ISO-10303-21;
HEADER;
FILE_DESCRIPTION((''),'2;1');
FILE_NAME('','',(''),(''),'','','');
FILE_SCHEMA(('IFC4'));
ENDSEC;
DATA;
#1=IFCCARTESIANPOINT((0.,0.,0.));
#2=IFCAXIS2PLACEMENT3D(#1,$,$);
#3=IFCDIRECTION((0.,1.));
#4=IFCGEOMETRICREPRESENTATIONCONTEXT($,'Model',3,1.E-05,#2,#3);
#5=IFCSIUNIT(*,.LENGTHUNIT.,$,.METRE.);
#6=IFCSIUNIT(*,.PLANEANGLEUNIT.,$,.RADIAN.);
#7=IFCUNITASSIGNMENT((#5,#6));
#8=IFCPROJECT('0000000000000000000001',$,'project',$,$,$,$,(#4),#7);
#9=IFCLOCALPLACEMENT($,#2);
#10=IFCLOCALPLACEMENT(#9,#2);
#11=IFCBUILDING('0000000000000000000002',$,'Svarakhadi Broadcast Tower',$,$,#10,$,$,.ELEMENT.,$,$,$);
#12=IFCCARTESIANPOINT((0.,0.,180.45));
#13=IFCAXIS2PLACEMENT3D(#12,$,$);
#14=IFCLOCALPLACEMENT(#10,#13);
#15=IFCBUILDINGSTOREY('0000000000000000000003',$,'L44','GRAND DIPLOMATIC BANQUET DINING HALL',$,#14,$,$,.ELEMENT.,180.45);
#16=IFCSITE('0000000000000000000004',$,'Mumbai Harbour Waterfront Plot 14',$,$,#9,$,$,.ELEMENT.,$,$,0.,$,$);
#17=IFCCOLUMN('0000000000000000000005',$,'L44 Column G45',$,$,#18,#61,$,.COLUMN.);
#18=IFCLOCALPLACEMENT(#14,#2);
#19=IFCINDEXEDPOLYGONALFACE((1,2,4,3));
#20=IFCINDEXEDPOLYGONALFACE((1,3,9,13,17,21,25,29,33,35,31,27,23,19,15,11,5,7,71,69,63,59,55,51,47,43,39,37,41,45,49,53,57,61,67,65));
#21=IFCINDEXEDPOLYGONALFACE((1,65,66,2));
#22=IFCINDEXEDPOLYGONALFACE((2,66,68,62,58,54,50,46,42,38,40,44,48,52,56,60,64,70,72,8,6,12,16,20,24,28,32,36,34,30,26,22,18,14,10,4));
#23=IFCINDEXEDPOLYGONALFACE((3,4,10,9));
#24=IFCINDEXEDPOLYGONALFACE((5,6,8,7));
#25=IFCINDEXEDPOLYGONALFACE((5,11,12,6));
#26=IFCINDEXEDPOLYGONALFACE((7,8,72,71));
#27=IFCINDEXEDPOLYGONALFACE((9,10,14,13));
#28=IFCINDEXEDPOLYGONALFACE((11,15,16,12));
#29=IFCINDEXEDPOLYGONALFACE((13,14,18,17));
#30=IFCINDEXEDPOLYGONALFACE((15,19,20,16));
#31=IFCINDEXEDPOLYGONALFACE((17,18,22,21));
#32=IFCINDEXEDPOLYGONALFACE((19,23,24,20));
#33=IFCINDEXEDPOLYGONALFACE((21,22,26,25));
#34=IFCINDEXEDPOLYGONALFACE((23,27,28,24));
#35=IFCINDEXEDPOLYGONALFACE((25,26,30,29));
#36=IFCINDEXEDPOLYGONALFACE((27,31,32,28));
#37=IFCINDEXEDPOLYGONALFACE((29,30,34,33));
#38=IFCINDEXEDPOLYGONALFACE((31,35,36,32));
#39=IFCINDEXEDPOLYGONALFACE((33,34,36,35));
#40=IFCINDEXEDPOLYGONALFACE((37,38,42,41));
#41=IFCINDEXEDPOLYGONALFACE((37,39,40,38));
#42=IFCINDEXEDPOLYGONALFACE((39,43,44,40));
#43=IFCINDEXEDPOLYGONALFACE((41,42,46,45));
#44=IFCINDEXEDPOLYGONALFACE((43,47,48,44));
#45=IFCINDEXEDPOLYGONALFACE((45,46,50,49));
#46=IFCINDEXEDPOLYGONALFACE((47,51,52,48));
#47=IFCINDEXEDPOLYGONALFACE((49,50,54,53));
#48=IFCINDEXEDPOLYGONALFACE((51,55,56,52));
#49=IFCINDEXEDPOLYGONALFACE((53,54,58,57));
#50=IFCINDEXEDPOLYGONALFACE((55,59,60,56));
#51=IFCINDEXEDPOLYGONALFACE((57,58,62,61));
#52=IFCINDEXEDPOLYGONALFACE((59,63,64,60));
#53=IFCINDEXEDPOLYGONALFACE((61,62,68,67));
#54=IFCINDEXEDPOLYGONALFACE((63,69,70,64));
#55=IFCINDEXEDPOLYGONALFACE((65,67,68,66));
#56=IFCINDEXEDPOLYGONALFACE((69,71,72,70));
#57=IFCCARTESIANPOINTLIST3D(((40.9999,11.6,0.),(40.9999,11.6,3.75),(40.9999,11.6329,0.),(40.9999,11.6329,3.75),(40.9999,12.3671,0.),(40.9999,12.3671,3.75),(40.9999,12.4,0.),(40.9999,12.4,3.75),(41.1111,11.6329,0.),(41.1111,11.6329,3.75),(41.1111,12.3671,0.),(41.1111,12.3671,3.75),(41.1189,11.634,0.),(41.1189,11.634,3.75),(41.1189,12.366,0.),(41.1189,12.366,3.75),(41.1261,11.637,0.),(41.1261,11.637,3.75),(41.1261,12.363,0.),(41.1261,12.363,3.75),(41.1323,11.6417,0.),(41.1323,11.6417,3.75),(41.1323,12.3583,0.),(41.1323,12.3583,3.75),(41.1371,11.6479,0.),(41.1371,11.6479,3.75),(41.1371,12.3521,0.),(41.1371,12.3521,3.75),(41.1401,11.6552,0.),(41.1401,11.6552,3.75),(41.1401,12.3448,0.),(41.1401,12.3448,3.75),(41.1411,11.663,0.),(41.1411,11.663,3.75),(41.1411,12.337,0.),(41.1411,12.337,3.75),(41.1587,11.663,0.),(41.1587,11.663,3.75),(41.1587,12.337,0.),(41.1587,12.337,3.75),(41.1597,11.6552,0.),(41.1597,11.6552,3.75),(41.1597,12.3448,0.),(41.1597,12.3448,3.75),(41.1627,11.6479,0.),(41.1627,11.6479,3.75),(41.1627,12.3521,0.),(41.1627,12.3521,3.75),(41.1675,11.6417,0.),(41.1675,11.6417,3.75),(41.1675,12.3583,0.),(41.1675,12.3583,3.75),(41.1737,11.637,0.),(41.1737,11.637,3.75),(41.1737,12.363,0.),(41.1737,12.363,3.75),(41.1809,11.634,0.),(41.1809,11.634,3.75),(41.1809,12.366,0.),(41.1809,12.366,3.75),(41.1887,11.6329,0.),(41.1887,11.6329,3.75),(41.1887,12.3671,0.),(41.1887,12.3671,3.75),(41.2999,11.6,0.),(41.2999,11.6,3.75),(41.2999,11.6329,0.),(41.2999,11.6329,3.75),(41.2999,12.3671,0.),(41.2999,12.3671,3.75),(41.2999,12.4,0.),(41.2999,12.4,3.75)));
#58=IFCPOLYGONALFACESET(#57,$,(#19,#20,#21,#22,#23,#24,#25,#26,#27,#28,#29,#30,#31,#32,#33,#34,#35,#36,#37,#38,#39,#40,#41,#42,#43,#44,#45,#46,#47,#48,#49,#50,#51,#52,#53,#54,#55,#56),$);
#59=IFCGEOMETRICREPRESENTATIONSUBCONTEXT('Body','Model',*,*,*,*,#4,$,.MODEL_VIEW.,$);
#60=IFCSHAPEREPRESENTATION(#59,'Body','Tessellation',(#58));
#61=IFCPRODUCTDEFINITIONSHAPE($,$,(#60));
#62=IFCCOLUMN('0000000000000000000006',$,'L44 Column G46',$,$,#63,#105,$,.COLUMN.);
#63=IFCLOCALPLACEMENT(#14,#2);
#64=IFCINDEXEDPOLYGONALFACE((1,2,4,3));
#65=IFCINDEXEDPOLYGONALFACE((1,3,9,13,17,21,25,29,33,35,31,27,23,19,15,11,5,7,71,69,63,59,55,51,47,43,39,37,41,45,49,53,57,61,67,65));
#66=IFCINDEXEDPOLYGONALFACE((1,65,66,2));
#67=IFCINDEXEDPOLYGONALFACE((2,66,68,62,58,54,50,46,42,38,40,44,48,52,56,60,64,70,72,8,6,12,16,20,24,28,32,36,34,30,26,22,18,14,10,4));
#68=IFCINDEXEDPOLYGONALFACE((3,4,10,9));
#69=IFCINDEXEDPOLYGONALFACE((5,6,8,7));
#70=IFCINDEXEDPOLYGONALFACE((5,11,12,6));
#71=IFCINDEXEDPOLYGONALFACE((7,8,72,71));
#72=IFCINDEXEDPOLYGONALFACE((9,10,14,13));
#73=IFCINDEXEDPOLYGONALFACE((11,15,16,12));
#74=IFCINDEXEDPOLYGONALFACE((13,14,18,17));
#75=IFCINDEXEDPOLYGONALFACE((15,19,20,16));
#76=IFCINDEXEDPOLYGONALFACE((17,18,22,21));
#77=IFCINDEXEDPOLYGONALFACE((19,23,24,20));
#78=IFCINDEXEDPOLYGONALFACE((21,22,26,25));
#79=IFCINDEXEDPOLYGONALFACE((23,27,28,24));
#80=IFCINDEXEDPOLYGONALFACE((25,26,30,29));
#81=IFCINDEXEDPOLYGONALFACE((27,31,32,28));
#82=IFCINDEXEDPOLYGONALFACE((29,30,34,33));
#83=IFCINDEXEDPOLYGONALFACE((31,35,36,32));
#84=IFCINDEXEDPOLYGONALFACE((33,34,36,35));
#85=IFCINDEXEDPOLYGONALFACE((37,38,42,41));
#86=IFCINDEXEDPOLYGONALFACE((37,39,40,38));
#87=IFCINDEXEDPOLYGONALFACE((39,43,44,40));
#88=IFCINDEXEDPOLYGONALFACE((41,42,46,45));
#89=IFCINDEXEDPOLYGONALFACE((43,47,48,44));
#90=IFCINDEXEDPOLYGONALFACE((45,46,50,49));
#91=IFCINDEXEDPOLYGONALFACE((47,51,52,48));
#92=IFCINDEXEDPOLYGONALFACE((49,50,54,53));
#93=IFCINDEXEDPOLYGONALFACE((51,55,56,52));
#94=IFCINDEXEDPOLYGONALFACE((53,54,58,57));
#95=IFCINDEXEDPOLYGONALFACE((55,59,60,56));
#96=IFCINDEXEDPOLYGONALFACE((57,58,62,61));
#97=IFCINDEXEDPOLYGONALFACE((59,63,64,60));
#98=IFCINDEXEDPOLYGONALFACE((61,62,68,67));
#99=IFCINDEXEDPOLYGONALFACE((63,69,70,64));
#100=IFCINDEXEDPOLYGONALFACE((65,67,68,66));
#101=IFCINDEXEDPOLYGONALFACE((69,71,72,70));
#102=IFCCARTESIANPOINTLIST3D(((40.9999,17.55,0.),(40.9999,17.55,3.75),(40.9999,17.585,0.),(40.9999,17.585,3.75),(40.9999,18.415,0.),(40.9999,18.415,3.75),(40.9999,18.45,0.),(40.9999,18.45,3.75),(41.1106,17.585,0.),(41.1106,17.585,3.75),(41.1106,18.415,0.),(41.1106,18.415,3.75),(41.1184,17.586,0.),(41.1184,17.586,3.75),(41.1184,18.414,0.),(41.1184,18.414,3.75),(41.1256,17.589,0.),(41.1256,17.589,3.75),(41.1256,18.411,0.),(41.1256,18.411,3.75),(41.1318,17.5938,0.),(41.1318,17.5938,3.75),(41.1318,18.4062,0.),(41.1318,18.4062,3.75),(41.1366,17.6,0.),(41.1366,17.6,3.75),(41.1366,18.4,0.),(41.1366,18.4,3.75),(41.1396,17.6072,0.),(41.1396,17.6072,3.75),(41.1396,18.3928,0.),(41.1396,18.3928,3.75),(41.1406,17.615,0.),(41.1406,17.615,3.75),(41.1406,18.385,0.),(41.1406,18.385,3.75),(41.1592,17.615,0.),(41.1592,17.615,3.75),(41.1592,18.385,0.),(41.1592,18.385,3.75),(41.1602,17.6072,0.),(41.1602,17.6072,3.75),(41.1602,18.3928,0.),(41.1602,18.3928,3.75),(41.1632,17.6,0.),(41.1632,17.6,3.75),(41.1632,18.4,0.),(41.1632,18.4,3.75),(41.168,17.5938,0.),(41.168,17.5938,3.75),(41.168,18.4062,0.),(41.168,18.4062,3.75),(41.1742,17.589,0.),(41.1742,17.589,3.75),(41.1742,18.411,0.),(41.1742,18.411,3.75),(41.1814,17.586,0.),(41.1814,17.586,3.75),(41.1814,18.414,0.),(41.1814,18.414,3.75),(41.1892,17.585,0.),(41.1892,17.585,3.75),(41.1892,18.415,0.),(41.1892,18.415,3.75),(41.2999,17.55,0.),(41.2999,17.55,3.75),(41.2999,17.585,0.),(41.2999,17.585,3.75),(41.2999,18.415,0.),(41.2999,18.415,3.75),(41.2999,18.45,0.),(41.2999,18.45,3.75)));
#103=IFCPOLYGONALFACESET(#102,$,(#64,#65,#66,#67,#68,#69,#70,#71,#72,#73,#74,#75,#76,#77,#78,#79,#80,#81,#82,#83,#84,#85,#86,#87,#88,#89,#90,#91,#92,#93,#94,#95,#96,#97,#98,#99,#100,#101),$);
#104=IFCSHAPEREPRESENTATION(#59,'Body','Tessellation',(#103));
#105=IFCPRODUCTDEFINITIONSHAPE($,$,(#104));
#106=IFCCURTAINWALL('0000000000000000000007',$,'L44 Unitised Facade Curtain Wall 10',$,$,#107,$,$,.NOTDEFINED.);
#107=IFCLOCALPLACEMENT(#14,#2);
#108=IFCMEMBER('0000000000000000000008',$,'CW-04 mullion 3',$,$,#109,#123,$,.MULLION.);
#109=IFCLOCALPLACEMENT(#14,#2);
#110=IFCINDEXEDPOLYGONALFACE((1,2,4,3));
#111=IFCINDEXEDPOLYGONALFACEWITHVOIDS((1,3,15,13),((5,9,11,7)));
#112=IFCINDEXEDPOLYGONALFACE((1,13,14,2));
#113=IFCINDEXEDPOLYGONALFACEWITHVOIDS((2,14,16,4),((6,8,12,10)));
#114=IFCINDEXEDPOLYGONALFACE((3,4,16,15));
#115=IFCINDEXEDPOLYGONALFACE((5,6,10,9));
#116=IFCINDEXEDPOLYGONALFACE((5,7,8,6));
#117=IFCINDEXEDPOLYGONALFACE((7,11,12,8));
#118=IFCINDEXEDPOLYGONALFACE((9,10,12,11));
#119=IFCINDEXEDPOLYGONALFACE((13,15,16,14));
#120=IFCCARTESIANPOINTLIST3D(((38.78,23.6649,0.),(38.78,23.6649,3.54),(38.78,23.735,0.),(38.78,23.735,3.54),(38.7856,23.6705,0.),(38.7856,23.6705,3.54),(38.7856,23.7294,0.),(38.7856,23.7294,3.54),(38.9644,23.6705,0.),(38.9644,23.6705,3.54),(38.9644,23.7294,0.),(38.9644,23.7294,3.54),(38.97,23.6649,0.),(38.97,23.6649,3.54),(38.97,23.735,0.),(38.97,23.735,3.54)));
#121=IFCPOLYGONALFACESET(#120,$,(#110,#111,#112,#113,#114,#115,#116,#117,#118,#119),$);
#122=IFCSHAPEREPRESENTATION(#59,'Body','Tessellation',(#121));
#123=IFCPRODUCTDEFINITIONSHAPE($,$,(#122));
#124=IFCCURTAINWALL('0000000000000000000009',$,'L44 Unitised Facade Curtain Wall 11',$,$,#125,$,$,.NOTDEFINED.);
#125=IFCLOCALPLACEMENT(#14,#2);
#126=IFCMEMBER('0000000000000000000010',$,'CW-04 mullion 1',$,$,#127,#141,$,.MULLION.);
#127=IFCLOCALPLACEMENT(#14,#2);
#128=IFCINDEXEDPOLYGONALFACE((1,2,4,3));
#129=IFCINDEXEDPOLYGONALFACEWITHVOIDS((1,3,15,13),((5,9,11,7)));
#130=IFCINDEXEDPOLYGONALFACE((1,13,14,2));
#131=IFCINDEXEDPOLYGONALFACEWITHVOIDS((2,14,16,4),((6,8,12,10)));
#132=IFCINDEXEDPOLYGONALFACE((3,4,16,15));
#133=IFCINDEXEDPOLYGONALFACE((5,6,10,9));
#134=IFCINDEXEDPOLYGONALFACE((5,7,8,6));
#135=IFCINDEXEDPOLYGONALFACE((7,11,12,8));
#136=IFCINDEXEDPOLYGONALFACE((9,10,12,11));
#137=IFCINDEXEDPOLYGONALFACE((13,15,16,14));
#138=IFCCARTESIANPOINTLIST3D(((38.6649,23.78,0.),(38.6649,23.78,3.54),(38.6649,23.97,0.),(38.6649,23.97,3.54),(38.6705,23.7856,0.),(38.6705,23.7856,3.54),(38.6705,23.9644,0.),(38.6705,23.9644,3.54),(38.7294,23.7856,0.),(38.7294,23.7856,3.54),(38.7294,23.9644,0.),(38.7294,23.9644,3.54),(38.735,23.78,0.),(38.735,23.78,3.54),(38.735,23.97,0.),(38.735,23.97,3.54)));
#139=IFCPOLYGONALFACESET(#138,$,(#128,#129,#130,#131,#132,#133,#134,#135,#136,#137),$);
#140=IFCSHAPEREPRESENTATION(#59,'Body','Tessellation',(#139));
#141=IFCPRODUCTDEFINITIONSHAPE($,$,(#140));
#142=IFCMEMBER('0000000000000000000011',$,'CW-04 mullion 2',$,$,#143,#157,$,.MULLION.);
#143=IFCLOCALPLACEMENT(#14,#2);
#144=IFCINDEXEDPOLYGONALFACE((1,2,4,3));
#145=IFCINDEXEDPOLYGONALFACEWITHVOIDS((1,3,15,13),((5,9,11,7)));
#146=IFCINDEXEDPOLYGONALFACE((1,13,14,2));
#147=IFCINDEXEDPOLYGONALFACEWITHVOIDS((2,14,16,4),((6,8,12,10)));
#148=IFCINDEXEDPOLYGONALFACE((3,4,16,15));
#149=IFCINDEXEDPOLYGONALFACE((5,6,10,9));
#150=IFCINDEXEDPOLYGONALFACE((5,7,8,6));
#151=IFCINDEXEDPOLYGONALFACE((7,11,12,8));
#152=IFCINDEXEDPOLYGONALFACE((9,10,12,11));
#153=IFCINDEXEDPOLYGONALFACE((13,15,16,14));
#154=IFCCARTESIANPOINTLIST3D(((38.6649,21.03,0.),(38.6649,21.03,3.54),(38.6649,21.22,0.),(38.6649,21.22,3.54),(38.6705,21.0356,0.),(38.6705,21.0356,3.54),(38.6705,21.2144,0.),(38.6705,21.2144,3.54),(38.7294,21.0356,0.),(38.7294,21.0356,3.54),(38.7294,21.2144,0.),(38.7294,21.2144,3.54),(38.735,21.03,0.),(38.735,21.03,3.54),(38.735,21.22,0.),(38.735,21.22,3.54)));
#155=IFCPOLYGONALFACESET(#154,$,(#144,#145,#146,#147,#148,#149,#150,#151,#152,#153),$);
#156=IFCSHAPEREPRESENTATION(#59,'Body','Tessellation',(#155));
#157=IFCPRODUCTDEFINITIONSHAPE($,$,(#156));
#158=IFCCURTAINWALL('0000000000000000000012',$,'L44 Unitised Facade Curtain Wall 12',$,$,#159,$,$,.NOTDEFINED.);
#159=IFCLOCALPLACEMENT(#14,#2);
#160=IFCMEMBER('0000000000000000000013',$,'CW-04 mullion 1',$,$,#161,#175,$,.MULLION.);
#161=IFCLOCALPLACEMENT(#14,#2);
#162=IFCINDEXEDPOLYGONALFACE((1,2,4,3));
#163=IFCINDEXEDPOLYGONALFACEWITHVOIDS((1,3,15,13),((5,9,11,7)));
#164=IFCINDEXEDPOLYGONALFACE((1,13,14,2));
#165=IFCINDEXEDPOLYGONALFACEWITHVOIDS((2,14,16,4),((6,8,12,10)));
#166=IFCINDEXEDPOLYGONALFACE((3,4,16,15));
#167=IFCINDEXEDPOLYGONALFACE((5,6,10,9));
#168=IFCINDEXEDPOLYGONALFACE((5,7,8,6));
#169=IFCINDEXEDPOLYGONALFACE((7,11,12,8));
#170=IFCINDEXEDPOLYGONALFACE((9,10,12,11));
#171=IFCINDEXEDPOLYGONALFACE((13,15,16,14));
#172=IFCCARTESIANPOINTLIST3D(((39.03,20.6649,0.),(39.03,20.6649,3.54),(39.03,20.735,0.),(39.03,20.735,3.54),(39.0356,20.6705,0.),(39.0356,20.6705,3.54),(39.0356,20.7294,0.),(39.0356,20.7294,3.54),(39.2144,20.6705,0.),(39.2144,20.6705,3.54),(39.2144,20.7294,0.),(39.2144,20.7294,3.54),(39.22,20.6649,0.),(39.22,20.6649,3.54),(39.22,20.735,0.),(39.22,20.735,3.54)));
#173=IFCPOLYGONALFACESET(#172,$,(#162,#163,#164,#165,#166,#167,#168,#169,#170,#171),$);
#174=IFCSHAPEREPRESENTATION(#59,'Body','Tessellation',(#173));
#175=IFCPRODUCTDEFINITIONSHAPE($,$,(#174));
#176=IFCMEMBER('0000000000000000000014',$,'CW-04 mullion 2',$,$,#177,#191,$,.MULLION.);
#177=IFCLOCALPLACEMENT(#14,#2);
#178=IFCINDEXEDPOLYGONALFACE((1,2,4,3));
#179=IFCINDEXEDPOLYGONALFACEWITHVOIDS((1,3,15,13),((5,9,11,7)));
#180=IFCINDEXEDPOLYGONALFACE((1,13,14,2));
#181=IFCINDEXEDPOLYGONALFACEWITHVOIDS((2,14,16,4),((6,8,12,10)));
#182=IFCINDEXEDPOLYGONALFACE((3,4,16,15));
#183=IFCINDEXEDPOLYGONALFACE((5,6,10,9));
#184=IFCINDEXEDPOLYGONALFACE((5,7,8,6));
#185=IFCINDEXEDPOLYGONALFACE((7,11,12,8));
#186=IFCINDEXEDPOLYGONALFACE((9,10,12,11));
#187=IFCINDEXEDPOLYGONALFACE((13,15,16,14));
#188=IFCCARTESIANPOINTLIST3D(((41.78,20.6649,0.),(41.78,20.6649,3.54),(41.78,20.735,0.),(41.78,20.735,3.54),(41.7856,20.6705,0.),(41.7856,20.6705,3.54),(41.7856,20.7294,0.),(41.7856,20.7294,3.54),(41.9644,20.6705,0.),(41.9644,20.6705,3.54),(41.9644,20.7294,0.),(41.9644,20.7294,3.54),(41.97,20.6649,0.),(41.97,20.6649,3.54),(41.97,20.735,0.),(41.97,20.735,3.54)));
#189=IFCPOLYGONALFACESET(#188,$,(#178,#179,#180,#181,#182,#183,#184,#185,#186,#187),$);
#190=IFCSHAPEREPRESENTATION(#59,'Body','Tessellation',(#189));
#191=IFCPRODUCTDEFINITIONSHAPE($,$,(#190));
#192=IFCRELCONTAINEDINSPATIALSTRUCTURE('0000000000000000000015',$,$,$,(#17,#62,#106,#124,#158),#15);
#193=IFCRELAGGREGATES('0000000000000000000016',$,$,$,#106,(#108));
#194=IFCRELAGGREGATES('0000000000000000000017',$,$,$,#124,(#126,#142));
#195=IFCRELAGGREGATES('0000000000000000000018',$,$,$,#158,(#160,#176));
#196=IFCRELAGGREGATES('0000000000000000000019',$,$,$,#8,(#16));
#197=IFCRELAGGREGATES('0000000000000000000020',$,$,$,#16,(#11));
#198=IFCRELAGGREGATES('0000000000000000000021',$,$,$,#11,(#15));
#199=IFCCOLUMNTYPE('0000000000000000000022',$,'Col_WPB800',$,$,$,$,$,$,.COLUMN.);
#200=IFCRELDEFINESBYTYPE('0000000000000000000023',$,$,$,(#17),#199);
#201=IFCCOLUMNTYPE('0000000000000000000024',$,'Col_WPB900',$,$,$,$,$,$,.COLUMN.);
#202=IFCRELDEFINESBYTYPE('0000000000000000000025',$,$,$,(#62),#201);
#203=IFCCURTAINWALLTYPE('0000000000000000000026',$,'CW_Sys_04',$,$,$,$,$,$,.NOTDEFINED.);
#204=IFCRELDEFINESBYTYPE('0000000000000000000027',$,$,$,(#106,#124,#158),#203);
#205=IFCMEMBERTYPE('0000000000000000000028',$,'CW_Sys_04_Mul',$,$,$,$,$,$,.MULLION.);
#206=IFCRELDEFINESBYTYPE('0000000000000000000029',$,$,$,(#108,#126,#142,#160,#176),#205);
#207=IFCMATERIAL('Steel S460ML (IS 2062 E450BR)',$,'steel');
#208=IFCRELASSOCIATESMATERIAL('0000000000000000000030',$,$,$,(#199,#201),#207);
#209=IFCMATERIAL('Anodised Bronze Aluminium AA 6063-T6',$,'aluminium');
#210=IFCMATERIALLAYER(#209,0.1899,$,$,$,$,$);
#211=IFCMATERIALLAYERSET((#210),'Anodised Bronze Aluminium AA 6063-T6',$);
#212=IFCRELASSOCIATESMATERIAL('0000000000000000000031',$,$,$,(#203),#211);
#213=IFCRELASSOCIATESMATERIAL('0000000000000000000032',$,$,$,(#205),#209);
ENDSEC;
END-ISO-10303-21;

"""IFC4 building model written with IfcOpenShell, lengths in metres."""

from ifc_helpers import new_model, si_unit, direction, frame, origin, origin_2d, place, context, subcontext, project, spatial, hollow_rectangle, i_section, extrude, material, layer, layer_set, material_profile, profile_set, type_object, element, aggregate, save


model = new_model("IFC4")

# Units and contexts
model_context = context("Model", 3, precision=1e-05, world=origin(), true_north=direction((0.0, 1.0)))
body_context = subcontext(model_context, "Body", "Model", "MODEL_VIEW")
ifc_project = project(units=[si_unit("LENGTHUNIT", "METRE"), si_unit("PLANEANGLEUNIT", "RADIAN")], contexts=[model_context])

# Site, building, storey
site_placement = place(None, origin())
site = spatial("IfcSite", under=ifc_project, at=site_placement, Name="Mumbai Harbour Waterfront Plot 14", CompositionType="ELEMENT", RefElevation=0.0)
building_placement = place(site_placement, origin())
building = spatial("IfcBuilding", under=site, at=building_placement, Name="Svarakhadi Broadcast Tower", CompositionType="ELEMENT")
storey_placement = place(building_placement, frame((0.0, 0.0, 180.45)))
storey = spatial("IfcBuildingStorey", under=building, at=storey_placement, Name="L44", Description="GRAND DIPLOMATIC BANQUET DINING HALL", CompositionType="ELEMENT", Elevation=180.45)

# Columns
ifc_material_1 = material(Name="Steel S460ML (IS 2062 E450BR)", Category="steel")
ifc_material_profile_1 = material_profile(ifc_material_1, i_section(OverallWidth=0.3, OverallDepth=0.8, WebThickness=0.0176, FlangeThickness=0.033, FilletRadius=0.03, at=origin_2d()), Name="WPB 800x300x262")
ifc_profile_set_1 = profile_set([ifc_material_profile_1], Name="Steel S460ML (IS 2062 E450BR)")
column_type_1 = type_object("IfcColumnType", Name="Col_WPB800", PredefinedType="COLUMN", material=ifc_profile_set_1)
column_1_placement = place(storey_placement, frame((41.1499, 12.0, 0.0), z_axis=(0.0, 0.0, 1.0), x_axis=(1.0, 0.0, 0.0)))
element("IfcColumn", 1, at=column_1_placement, inside=storey, type_object=column_type_1, Name="L44 Column G45", PredefinedType="COLUMN", context=body_context, shape_type="SweptSolid", body=[
    extrude(i_section(OverallWidth=0.3, OverallDepth=0.8, WebThickness=0.0176, FlangeThickness=0.033, FilletRadius=0.03, at=origin_2d()), origin(), (0.0, 0.0, 1.0), 3.75),
])
ifc_material_profile_2 = material_profile(ifc_material_1, i_section(OverallWidth=0.3, OverallDepth=0.8999, WebThickness=0.0186, FlangeThickness=0.0349, FilletRadius=0.03, at=origin_2d()), Name="WPB 900x300x291")
ifc_profile_set_2 = profile_set([ifc_material_profile_2], Name="Steel S460ML (IS 2062 E450BR)")
column_type_2 = type_object("IfcColumnType", Name="Col_WPB900", PredefinedType="COLUMN", material=ifc_profile_set_2)
column_2_placement = place(storey_placement, frame((41.1499, 18.0, 0.0), z_axis=(0.0, 0.0, 1.0), x_axis=(1.0, 0.0, 0.0)))
element("IfcColumn", 2, at=column_2_placement, inside=storey, type_object=column_type_2, Name="L44 Column G46", PredefinedType="COLUMN", context=body_context, shape_type="SweptSolid", body=[
    extrude(i_section(OverallWidth=0.3, OverallDepth=0.8999, WebThickness=0.0186, FlangeThickness=0.0349, FilletRadius=0.03, at=origin_2d()), origin(), (0.0, 0.0, 1.0), 3.75),
])

# Curtain wall, member
ifc_material_2 = material(Name="Anodised Bronze Aluminium AA 6063-T6", Category="aluminium")
ifc_layer_1 = layer(ifc_material_2, 0.1899)
ifc_layer_set_1 = layer_set([ifc_layer_1], Name="Anodised Bronze Aluminium AA 6063-T6")
curtain_wall_type = type_object("IfcCurtainWallType", Name="CW_Sys_04", PredefinedType="NOTDEFINED", material=ifc_layer_set_1)
curtain_wall_1_placement = place(storey_placement, origin())
curtain_wall_1 = element("IfcCurtainWall", 3, at=curtain_wall_1_placement, inside=storey, type_object=curtain_wall_type, Name="L44 Unitised Facade Curtain Wall 10", PredefinedType="NOTDEFINED")
ifc_material_profile_3 = material_profile(ifc_material_2, hollow_rectangle(XDim=0.0701, YDim=0.1899, WallThickness=0.0056, at=origin_2d()), Name="ALU MULLION 190x70x6")
ifc_profile_set_3 = profile_set([ifc_material_profile_3], Name="Anodised Bronze Aluminium AA 6063-T6")
member_type_1 = type_object("IfcMemberType", Name="CW_Sys_04_Mul", PredefinedType="MULLION", material=ifc_profile_set_3)
member_1_placement = place(storey_placement, frame((38.875, 23.7, 0.0), z_axis=(0.0, 0.0, 1.0), x_axis=(0.0, 1.0, 0.0)))
member_1 = element("IfcMember", 4, at=member_1_placement, type_object=member_type_1, Name="CW-04 mullion 3", PredefinedType="MULLION", context=body_context, shape_type="SweptSolid", body=[
    extrude(hollow_rectangle(XDim=0.0701, YDim=0.1899, WallThickness=0.0056, at=origin_2d()), origin(), (0.0, 0.0, 1.0), 3.54),
])
aggregate(curtain_wall_1, [member_1])

# Curtain walls, members
curtain_wall_2_placement = place(storey_placement, origin())
curtain_wall_2 = element("IfcCurtainWall", 5, at=curtain_wall_2_placement, inside=storey, type_object=curtain_wall_type, Name="L44 Unitised Facade Curtain Wall 11", PredefinedType="NOTDEFINED")
member_2_placement = place(storey_placement, frame((38.7, 23.875, 0.0), z_axis=(0.0, 0.0, 1.0), x_axis=(1.0, 0.0, 0.0)))
member_2 = element("IfcMember", 6, at=member_2_placement, type_object=member_type_1, Name="CW-04 mullion 1", PredefinedType="MULLION", context=body_context, shape_type="SweptSolid", body=[
    extrude(hollow_rectangle(XDim=0.0701, YDim=0.1899, WallThickness=0.0056, at=origin_2d()), origin(), (0.0, 0.0, 1.0), 3.54),
])
member_3_placement = place(storey_placement, frame((38.7, 21.125, 0.0), z_axis=(0.0, 0.0, 1.0), x_axis=(1.0, 0.0, 0.0)))
member_3 = element("IfcMember", 7, at=member_3_placement, type_object=member_type_1, Name="CW-04 mullion 2", PredefinedType="MULLION", context=body_context, shape_type="SweptSolid", body=[
    extrude(hollow_rectangle(XDim=0.0701, YDim=0.1899, WallThickness=0.0056, at=origin_2d()), origin(), (0.0, 0.0, 1.0), 3.54),
])
curtain_wall_3_placement = place(storey_placement, origin())
curtain_wall_3 = element("IfcCurtainWall", 8, at=curtain_wall_3_placement, inside=storey, type_object=curtain_wall_type, Name="L44 Unitised Facade Curtain Wall 12", PredefinedType="NOTDEFINED")
member_4_placement = place(storey_placement, frame((39.125, 20.7, 0.0), z_axis=(0.0, 0.0, 1.0), x_axis=(0.0, 1.0, 0.0)))
member_4 = element("IfcMember", 9, at=member_4_placement, type_object=member_type_1, Name="CW-04 mullion 1", PredefinedType="MULLION", context=body_context, shape_type="SweptSolid", body=[
    extrude(hollow_rectangle(XDim=0.0701, YDim=0.1899, WallThickness=0.0056, at=origin_2d()), origin(), (0.0, 0.0, 1.0), 3.54),
])
member_5_placement = place(storey_placement, frame((41.875, 20.7, 0.0), z_axis=(0.0, 0.0, 1.0), x_axis=(0.0, 1.0, 0.0)))
member_5 = element("IfcMember", 10, at=member_5_placement, type_object=member_type_1, Name="CW-04 mullion 2", PredefinedType="MULLION", context=body_context, shape_type="SweptSolid", body=[
    extrude(hollow_rectangle(XDim=0.0701, YDim=0.1899, WallThickness=0.0056, at=origin_2d()), origin(), (0.0, 0.0, 1.0), 3.54),
])

aggregate(curtain_wall_2, [member_2, member_3])
aggregate(curtain_wall_3, [member_4, member_5])

save(model, "model.ifc")
